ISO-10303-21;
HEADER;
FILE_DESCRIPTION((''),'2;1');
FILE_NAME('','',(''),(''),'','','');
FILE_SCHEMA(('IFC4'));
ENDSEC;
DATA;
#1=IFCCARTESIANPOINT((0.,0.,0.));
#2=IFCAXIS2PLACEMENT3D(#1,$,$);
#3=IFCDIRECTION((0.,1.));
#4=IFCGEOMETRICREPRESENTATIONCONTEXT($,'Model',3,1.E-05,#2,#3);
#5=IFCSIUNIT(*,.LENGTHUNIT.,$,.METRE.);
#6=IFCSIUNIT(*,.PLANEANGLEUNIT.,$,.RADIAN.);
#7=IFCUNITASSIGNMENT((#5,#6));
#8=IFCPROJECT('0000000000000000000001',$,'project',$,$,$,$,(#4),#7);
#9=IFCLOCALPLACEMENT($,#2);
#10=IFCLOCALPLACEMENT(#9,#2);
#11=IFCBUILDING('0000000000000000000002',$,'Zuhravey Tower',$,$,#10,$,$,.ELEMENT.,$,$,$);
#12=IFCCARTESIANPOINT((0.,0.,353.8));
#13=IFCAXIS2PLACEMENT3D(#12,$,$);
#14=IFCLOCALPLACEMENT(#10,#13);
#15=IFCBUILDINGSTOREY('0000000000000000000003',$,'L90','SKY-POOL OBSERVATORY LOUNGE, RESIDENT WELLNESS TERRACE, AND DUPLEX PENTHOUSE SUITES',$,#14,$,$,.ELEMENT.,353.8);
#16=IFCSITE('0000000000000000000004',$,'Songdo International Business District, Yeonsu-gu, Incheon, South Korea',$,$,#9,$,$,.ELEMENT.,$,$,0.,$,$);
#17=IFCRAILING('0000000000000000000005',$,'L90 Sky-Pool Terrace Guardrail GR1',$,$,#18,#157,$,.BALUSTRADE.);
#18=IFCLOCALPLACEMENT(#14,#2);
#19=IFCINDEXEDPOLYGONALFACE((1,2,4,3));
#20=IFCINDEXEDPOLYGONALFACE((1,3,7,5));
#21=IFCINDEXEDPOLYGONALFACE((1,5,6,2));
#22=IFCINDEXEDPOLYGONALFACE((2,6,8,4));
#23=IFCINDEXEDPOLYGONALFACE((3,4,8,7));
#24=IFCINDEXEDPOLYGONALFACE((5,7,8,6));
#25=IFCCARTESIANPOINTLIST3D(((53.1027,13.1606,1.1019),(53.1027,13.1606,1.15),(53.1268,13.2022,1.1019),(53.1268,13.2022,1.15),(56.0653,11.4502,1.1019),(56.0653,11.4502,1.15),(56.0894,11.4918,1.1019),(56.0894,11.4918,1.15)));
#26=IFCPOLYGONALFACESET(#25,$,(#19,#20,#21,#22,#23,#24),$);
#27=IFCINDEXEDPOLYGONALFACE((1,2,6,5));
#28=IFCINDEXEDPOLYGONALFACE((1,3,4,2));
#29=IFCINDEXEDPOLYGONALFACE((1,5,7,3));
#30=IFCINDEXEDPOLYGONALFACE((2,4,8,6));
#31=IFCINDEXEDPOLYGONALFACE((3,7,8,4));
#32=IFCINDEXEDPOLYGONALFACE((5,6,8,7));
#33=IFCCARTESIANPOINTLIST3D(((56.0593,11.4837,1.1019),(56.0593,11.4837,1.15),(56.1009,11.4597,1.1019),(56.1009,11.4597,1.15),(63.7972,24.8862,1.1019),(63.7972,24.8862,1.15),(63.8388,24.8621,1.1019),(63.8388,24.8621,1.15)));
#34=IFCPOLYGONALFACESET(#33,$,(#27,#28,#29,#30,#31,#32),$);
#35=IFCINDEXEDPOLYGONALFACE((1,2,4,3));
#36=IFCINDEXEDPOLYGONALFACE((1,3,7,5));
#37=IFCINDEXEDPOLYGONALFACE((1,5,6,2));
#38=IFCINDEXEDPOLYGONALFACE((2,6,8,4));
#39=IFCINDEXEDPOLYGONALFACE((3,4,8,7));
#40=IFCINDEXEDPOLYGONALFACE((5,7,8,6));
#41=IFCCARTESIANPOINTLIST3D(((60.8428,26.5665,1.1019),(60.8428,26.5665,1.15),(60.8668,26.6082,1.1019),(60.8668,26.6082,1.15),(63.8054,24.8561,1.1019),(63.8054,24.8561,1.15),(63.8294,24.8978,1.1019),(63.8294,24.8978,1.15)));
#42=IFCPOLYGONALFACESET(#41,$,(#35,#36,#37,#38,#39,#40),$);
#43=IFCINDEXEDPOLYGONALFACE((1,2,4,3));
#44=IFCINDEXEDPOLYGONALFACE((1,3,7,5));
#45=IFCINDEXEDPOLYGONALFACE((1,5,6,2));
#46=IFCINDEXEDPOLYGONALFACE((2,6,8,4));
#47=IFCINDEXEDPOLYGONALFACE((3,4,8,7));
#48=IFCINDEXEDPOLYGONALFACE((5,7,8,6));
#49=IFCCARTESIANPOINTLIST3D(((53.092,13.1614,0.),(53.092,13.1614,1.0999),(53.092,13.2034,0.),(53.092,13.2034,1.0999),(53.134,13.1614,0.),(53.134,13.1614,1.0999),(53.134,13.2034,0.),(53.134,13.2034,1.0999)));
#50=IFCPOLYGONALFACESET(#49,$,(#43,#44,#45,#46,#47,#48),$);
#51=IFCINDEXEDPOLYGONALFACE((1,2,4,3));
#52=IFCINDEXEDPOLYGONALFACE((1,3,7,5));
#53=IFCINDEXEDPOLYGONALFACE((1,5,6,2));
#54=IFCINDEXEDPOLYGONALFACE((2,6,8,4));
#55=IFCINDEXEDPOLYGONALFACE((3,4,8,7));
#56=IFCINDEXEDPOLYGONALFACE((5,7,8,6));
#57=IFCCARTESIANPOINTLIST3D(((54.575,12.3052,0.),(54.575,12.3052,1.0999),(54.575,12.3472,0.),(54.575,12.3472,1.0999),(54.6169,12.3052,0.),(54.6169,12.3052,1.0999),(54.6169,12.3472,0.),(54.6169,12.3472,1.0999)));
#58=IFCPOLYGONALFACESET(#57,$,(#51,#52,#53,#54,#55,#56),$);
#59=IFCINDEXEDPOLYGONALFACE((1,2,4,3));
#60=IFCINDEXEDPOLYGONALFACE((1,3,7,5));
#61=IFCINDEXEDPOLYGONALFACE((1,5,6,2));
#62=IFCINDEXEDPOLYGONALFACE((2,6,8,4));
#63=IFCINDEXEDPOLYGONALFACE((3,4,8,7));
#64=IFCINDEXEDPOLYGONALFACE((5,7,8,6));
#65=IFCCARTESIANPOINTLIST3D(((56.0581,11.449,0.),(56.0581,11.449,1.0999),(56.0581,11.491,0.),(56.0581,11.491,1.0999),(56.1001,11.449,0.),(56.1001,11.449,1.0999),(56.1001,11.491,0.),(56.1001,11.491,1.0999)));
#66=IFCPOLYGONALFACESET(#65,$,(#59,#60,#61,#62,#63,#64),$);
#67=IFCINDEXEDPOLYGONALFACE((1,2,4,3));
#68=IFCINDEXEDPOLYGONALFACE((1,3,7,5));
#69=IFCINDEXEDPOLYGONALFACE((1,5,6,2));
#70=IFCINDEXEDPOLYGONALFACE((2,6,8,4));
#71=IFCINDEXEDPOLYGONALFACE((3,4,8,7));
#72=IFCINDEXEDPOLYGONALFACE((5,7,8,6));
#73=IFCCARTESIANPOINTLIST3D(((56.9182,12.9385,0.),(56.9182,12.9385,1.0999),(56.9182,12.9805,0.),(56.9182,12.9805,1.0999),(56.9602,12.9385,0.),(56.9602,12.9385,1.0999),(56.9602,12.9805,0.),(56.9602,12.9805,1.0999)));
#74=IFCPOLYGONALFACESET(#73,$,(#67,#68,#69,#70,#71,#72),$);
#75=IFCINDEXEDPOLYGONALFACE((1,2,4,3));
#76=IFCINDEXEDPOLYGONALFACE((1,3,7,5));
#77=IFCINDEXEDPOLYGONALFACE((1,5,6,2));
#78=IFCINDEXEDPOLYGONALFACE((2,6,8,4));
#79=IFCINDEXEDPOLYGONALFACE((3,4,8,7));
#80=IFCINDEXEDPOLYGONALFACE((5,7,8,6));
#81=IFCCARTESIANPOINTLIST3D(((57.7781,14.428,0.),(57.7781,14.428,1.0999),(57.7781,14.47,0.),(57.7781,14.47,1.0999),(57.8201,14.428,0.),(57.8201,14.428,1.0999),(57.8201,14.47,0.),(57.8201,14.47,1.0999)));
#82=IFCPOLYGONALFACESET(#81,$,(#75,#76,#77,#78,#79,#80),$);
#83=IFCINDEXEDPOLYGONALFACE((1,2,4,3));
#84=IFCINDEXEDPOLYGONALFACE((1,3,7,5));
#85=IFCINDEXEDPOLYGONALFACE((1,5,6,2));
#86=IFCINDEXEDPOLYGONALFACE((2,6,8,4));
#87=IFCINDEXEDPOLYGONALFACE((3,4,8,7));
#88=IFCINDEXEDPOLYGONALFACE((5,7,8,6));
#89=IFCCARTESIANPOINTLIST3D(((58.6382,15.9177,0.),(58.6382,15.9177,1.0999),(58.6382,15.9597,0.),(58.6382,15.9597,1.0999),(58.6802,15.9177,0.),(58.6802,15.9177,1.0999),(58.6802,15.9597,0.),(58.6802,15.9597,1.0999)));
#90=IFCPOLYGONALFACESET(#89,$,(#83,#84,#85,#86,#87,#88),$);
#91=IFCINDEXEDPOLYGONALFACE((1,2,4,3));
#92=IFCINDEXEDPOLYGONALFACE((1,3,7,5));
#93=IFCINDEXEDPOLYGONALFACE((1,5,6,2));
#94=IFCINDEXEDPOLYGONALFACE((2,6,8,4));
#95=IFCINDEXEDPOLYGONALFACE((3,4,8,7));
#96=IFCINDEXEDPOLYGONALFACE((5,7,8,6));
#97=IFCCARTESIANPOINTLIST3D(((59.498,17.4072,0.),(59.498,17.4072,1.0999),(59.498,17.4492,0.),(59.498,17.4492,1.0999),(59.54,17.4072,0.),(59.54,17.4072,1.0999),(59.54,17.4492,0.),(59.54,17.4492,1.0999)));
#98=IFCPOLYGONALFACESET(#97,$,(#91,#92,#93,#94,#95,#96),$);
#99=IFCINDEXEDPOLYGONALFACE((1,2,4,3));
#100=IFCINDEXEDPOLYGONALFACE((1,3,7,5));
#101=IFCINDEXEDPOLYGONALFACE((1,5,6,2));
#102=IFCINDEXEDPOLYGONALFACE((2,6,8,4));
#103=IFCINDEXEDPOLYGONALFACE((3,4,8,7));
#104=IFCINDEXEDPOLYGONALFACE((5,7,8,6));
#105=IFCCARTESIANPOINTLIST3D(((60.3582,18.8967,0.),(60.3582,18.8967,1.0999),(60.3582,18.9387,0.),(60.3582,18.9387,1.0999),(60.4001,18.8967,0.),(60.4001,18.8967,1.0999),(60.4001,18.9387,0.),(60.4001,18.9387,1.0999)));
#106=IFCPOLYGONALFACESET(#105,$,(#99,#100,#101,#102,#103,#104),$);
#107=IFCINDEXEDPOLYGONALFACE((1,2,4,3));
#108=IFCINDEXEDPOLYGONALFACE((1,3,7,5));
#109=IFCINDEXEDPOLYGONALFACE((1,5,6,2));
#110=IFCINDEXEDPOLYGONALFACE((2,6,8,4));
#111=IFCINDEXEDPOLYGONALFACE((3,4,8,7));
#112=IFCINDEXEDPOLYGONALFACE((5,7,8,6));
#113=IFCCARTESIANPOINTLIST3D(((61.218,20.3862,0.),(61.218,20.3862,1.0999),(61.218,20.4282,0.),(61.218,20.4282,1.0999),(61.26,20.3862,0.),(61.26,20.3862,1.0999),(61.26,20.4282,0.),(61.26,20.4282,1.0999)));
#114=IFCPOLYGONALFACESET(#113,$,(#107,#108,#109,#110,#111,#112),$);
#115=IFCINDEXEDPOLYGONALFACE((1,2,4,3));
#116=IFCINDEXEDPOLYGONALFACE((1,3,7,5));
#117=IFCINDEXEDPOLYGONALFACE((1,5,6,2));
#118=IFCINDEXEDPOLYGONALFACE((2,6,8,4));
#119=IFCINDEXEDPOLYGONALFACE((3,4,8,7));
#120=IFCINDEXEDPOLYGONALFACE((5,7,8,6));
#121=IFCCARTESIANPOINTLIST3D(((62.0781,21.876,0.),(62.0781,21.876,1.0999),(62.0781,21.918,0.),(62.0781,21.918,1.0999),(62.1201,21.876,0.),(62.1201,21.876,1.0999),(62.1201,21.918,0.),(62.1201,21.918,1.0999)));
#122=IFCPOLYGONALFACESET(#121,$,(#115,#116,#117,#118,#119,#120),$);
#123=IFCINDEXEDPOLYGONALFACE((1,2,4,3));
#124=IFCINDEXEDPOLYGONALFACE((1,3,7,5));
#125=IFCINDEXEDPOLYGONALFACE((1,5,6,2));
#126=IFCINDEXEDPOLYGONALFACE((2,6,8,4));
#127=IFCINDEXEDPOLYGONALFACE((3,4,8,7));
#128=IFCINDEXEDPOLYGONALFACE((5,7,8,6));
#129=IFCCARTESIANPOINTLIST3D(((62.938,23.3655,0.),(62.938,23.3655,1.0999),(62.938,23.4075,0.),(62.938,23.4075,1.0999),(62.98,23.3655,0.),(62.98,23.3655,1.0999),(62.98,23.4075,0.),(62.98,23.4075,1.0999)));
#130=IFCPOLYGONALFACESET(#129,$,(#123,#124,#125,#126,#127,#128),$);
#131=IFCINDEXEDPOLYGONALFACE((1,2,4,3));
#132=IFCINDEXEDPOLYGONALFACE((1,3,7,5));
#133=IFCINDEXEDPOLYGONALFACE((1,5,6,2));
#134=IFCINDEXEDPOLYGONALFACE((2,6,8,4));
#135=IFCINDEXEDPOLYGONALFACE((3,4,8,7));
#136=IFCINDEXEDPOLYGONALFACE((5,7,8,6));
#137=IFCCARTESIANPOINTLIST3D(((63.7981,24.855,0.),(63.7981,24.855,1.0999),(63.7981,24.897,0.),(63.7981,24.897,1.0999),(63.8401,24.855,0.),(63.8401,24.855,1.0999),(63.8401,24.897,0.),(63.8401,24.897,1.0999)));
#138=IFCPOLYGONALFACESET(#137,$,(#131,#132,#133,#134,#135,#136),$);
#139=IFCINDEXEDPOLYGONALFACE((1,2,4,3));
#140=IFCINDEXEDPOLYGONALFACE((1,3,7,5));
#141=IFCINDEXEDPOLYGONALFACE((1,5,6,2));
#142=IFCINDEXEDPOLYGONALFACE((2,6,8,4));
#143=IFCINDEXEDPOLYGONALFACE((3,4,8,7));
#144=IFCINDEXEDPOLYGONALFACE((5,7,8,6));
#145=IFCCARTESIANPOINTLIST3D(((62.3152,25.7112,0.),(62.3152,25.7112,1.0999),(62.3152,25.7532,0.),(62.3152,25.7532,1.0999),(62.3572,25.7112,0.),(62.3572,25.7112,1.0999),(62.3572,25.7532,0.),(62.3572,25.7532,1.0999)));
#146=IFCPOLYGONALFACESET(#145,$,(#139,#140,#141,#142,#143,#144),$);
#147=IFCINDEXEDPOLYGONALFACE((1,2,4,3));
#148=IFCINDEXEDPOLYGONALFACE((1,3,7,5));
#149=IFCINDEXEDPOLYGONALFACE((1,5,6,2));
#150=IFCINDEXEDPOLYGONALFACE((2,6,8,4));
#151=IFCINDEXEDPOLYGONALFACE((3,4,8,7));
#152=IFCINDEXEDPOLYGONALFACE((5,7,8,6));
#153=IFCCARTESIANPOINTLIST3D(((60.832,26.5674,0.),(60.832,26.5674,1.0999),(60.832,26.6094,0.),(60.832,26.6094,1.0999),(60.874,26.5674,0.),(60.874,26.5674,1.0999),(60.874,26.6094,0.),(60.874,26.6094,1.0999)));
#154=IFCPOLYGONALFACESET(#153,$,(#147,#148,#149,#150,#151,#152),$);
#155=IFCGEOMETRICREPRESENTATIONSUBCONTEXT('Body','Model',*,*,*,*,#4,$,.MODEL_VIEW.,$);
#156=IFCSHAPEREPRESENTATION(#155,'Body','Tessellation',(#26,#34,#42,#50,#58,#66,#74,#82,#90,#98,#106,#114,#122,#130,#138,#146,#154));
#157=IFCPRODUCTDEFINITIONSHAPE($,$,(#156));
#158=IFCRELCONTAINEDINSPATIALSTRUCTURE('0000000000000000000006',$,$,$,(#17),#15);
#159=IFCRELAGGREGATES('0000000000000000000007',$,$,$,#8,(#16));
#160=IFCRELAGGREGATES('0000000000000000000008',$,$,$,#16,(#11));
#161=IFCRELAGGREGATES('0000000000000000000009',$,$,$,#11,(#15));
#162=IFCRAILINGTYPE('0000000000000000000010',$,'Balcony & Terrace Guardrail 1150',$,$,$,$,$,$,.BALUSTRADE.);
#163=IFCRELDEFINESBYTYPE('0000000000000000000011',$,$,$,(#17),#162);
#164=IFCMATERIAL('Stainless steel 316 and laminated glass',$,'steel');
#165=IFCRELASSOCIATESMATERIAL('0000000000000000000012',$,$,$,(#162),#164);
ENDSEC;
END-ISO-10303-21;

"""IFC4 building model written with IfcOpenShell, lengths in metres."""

from ifc_helpers import new_model, si_unit, direction, frame, origin, origin_2d, place, context, subcontext, project, spatial, rectangle, extrude, material, type_object, element, save


model = new_model("IFC4")

# Units and contexts
model_context = context("Model", 3, precision=1e-05, world=origin(), true_north=direction((0.0, 1.0)))
body_context = subcontext(model_context, "Body", "Model", "MODEL_VIEW")
ifc_project = project(units=[si_unit("LENGTHUNIT", "METRE"), si_unit("PLANEANGLEUNIT", "RADIAN")], contexts=[model_context])

# Site, building, storey
site_placement = place(None, origin())
site = spatial("IfcSite", under=ifc_project, at=site_placement, Name="Songdo International Business District, Yeonsu-gu, Incheon, South Korea", CompositionType="ELEMENT", RefElevation=0.0)
building_placement = place(site_placement, origin())
building = spatial("IfcBuilding", under=site, at=building_placement, Name="Zuhravey Tower", CompositionType="ELEMENT")
storey_placement = place(building_placement, frame((0.0, 0.0, 353.8)))
storey = spatial("IfcBuildingStorey", under=building, at=storey_placement, Name="L90", Description="SKY-POOL OBSERVATORY LOUNGE, RESIDENT WELLNESS TERRACE, AND DUPLEX PENTHOUSE SUITES", CompositionType="ELEMENT", Elevation=353.8)

# Railing
ifc_material_1 = material(Name="Stainless steel 316 and laminated glass", Category="steel")
railing_type = type_object("IfcRailingType", Name="Balcony & Terrace Guardrail 1150", PredefinedType="BALUSTRADE", material=ifc_material_1)
railing_placement = place(storey_placement, frame((53.113, 13.1824, 0.0)))
element("IfcRailing", 1, at=railing_placement, inside=storey, type_object=railing_type, Name="L90 Sky-Pool Terrace Guardrail GR1", PredefinedType="BALUSTRADE", context=body_context, shape_type="SweptSolid", body=[
    extrude(rectangle(XDim=0.0481, YDim=0.0481, at=origin_2d()), frame((0.0017, -0.001, 1.126), z_axis=(0.866032, -0.499988, 0.0), x_axis=(0.499988, 0.866032, 0.0)), (0.0, 0.0, 1.0), 3.4209),
    extrude(rectangle(XDim=0.0481, YDim=0.0481, at=origin_2d()), frame((2.967, -1.7107, 1.126), z_axis=(0.500001, 0.866025, 0.0), x_axis=(-0.866025, 0.500001, 0.0)), (0.0, 0.0, 1.0), 15.4758),
    extrude(rectangle(XDim=0.0481, YDim=0.0481, at=origin_2d()), frame((10.7043, 11.6946, 1.126), z_axis=(-0.866032, 0.499988, 0.0), x_axis=(-0.499988, -0.866032, 0.0)), (0.0, 0.0, 1.0), 3.4209),
    extrude(rectangle(XDim=0.042, YDim=0.042, at=origin_2d()), origin(), (0.0, 0.0, 1.0), 1.0999),
    extrude(rectangle(XDim=0.042, YDim=0.042, at=origin_2d()), frame((1.4829, -0.8562, 0.0)), (0.0, 0.0, 1.0), 1.0999),
    extrude(rectangle(XDim=0.042, YDim=0.042, at=origin_2d()), frame((2.9661, -1.7124, 0.0)), (0.0, 0.0, 1.0), 1.0999),
    extrude(rectangle(XDim=0.042, YDim=0.042, at=origin_2d()), frame((3.8262, -0.2229, 0.0)), (0.0, 0.0, 1.0), 1.0999),
    extrude(rectangle(XDim=0.042, YDim=0.042, at=origin_2d()), frame((4.686, 1.2666, 0.0)), (0.0, 0.0, 1.0), 1.0999),
    extrude(rectangle(XDim=0.042, YDim=0.042, at=origin_2d()), frame((5.5461, 2.7563, 0.0)), (0.0, 0.0, 1.0), 1.0999),
    extrude(rectangle(XDim=0.042, YDim=0.042, at=origin_2d()), frame((6.406, 4.2458, 0.0)), (0.0, 0.0, 1.0), 1.0999),
    extrude(rectangle(XDim=0.042, YDim=0.042, at=origin_2d()), frame((7.2661, 5.7354, 0.0)), (0.0, 0.0, 1.0), 1.0999),
    extrude(rectangle(XDim=0.042, YDim=0.042, at=origin_2d()), frame((8.126, 7.2249, 0.0)), (0.0, 0.0, 1.0), 1.0999),
    extrude(rectangle(XDim=0.042, YDim=0.042, at=origin_2d()), frame((8.9861, 8.7146, 0.0)), (0.0, 0.0, 1.0), 1.0999),
    extrude(rectangle(XDim=0.042, YDim=0.042, at=origin_2d()), frame((9.8459, 10.2041, 0.0)), (0.0, 0.0, 1.0), 1.0999),
    extrude(rectangle(XDim=0.042, YDim=0.042, at=origin_2d()), frame((10.7061, 11.6936, 0.0)), (0.0, 0.0, 1.0), 1.0999),
    extrude(rectangle(XDim=0.042, YDim=0.042, at=origin_2d()), frame((9.2231, 12.5498, 0.0)), (0.0, 0.0, 1.0), 1.0999),
    extrude(rectangle(XDim=0.042, YDim=0.042, at=origin_2d()), frame((7.74, 13.406, 0.0)), (0.0, 0.0, 1.0), 1.0999),
])

save(model, "model.ifc")
